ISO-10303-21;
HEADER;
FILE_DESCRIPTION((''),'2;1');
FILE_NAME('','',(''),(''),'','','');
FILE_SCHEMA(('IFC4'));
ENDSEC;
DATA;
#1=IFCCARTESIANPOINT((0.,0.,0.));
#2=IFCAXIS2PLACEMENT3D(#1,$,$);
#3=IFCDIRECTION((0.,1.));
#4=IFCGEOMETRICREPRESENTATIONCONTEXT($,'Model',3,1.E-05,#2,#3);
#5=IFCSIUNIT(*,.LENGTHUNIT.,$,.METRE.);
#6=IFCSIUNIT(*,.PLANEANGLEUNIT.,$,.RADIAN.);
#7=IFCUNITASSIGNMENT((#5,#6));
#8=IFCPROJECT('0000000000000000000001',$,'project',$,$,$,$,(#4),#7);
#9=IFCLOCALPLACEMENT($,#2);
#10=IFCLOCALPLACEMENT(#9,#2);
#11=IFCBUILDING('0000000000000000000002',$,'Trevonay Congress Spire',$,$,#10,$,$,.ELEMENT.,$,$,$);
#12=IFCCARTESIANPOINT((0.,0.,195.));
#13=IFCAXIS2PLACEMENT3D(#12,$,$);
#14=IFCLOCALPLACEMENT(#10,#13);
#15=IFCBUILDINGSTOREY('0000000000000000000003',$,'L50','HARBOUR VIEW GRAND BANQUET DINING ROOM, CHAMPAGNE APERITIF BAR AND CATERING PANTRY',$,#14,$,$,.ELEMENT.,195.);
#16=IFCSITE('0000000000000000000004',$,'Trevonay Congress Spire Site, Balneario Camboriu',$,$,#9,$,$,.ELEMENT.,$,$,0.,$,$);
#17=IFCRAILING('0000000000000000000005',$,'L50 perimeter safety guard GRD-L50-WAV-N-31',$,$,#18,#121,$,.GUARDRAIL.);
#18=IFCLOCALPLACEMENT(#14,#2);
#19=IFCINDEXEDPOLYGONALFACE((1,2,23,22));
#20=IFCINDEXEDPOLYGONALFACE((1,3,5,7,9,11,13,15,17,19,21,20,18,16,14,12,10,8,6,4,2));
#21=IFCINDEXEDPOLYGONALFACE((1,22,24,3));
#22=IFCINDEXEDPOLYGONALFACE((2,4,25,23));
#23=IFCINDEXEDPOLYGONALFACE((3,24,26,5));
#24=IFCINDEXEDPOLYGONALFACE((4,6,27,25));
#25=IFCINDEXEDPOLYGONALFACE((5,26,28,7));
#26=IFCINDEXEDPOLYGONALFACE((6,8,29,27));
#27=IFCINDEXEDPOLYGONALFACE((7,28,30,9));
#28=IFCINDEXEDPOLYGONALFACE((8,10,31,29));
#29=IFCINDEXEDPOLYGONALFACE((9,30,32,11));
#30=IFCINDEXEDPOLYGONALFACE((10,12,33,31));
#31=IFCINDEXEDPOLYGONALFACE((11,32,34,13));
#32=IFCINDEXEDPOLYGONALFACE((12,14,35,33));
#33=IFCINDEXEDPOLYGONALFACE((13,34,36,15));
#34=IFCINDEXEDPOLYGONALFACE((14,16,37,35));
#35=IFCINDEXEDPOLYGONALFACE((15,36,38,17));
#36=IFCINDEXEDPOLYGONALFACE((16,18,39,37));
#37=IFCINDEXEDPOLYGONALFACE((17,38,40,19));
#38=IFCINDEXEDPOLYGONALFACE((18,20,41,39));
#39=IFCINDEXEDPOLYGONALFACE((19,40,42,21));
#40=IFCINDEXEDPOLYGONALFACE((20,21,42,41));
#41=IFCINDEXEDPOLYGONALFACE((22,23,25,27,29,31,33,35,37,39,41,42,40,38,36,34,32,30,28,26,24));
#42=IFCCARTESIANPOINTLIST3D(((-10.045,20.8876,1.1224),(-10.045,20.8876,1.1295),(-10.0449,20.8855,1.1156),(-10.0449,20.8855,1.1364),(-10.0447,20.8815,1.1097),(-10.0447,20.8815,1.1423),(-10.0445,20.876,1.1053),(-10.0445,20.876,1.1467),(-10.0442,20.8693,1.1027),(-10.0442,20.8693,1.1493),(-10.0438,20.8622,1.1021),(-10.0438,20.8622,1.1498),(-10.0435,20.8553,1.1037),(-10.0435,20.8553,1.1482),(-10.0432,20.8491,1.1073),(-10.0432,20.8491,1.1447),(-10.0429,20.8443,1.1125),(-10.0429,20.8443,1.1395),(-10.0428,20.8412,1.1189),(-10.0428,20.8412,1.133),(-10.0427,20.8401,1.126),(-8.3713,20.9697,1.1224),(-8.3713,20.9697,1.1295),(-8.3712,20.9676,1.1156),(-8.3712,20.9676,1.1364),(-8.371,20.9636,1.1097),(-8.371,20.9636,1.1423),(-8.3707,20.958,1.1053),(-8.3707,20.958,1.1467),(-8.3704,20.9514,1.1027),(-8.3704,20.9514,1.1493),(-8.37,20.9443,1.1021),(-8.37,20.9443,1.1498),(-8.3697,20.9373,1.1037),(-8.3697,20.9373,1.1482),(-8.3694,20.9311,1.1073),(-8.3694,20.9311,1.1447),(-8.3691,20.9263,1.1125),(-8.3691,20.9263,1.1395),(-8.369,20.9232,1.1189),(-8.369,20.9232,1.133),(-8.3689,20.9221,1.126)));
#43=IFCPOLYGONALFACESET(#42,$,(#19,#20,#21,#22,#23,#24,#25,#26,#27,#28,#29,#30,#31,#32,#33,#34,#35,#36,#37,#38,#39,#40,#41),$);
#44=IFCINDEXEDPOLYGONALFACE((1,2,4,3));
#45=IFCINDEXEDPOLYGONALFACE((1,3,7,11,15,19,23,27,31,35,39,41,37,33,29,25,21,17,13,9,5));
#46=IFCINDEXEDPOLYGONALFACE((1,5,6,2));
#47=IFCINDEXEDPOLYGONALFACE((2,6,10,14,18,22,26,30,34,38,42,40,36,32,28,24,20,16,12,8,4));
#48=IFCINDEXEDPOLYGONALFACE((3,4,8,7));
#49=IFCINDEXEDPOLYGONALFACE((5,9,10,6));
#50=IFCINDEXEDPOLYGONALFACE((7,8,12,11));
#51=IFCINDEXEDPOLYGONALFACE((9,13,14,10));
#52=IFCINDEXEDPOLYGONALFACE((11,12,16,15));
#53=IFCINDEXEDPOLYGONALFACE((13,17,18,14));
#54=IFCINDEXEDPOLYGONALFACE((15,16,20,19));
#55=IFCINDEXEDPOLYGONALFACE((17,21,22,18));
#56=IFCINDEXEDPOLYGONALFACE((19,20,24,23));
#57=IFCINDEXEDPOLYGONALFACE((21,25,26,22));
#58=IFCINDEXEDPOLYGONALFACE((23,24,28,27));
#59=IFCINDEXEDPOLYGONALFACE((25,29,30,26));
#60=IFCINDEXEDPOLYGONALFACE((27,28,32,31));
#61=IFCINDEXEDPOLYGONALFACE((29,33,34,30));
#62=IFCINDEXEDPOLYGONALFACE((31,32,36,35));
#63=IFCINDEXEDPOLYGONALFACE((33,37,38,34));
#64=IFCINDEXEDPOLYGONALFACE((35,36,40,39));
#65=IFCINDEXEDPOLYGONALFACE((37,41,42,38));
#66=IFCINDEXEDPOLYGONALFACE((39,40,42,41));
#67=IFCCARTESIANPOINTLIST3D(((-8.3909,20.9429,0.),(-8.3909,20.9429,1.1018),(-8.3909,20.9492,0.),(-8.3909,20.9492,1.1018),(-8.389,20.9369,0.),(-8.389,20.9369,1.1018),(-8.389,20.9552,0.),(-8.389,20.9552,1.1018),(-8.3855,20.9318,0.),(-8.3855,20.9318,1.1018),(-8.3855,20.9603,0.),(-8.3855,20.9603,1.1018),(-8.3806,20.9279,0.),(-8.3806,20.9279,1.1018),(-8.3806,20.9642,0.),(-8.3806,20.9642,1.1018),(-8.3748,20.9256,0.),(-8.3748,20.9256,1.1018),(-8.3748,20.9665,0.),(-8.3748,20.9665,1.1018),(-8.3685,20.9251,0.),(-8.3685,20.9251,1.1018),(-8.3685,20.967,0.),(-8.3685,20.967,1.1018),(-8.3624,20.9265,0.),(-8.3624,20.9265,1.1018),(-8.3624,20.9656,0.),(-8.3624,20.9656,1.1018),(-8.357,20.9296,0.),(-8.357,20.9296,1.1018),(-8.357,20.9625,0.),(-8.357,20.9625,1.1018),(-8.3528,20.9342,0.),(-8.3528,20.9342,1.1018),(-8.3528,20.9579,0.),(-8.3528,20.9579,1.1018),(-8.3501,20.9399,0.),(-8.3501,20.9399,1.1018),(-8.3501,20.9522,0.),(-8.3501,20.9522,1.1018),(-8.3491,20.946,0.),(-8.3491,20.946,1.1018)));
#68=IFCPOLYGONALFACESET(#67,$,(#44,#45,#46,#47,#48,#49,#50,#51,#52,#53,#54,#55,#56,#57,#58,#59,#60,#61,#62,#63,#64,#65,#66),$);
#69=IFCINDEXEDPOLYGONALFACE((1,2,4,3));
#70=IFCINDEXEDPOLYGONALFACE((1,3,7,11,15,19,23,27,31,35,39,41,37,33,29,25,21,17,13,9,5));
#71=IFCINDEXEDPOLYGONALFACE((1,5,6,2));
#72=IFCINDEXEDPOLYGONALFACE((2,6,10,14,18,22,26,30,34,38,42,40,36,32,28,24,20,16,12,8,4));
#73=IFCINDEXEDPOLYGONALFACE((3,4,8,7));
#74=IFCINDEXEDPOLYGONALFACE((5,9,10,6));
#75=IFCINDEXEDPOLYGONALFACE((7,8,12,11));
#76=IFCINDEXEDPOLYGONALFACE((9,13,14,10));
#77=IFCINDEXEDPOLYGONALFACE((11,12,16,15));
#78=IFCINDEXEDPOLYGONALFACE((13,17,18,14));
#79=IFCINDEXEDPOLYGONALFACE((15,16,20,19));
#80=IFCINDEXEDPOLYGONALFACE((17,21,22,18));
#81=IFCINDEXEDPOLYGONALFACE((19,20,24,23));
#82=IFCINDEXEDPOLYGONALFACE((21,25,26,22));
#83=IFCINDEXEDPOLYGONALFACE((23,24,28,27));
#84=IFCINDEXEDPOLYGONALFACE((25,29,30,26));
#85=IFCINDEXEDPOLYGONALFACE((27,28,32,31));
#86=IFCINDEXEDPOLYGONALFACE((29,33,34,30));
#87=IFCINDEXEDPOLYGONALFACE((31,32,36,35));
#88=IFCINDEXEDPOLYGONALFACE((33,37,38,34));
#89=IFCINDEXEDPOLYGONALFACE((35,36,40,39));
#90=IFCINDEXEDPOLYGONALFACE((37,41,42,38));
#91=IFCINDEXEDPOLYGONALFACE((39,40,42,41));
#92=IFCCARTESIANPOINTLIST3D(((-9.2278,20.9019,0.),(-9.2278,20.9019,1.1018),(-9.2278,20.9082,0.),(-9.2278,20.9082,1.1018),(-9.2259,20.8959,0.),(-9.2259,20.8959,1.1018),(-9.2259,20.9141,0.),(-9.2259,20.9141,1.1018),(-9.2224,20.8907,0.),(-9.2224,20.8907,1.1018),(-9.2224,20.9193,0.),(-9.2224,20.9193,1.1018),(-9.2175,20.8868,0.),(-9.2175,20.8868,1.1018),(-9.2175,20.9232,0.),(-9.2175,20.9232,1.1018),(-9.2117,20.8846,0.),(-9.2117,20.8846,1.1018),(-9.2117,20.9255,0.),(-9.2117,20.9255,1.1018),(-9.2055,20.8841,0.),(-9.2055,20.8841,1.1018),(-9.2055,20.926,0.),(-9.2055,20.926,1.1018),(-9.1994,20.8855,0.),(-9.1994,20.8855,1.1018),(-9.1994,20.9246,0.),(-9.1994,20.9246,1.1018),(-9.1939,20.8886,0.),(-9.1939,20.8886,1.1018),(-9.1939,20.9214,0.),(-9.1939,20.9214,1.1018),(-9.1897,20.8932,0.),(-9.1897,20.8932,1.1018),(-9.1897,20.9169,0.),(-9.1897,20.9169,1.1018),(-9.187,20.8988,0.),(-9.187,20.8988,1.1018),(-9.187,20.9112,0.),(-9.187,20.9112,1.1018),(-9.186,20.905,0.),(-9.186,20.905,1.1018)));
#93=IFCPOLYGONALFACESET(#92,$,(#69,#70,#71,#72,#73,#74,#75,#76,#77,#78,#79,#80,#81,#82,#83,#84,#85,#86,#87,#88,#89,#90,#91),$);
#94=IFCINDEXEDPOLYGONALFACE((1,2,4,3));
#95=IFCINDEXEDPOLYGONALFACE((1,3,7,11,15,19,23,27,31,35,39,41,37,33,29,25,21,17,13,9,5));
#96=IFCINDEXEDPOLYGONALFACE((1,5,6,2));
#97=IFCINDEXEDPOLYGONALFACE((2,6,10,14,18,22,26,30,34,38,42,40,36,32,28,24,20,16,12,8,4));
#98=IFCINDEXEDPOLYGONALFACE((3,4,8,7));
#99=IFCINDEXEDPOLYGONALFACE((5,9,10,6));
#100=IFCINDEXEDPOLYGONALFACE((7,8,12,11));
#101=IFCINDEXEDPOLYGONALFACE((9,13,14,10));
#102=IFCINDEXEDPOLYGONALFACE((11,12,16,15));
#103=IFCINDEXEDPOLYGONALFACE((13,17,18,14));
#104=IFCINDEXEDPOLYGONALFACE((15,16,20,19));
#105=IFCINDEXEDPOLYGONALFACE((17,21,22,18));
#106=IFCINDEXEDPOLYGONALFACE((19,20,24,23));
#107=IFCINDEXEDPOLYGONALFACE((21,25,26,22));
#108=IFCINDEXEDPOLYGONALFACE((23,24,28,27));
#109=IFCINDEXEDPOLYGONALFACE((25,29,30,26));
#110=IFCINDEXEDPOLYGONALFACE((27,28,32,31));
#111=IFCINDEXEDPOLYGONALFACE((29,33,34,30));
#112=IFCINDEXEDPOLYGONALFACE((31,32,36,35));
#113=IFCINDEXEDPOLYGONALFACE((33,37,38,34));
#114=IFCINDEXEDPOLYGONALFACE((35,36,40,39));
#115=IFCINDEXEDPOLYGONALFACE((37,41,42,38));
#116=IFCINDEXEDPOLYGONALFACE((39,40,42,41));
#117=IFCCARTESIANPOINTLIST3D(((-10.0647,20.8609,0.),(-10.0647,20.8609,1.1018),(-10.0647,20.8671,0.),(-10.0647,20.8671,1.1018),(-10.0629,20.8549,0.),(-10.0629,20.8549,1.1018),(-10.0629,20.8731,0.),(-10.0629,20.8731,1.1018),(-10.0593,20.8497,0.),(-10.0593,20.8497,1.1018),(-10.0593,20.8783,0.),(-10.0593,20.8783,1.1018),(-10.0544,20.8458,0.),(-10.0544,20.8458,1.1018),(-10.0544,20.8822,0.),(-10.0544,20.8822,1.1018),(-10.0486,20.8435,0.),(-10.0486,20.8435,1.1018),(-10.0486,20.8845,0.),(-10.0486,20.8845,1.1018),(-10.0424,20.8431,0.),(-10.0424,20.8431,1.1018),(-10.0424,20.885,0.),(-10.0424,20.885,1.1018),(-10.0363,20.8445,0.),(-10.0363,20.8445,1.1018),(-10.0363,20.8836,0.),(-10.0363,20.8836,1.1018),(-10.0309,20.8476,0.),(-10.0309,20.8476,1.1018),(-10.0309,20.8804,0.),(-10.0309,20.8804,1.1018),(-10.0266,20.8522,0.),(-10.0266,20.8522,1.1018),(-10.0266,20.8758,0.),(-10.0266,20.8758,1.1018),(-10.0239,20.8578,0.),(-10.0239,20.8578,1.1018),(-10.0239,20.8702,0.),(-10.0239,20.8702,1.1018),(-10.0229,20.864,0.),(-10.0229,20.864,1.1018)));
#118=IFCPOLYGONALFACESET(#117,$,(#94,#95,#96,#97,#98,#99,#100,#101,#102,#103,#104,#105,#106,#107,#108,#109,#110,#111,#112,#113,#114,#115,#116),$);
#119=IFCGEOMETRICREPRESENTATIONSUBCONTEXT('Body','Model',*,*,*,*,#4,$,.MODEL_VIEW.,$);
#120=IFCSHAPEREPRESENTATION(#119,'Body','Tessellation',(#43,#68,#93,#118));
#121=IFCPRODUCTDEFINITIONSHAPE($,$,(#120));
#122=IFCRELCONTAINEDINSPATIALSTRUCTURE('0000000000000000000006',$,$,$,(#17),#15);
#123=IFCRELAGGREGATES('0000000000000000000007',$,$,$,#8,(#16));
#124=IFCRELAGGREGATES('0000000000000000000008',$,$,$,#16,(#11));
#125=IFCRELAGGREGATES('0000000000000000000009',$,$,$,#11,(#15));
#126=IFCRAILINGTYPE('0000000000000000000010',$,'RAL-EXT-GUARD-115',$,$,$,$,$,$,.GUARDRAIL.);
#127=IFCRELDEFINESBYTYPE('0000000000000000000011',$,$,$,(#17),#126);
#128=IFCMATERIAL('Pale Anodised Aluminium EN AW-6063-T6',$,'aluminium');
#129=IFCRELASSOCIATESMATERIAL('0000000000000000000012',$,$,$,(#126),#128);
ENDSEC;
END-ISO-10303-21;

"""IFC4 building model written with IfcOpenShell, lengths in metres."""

from ifc_helpers import new_model, si_unit, direction, frame, origin, origin_2d, place, context, subcontext, project, spatial, circle, extrude, material, type_object, element, save


model = new_model("IFC4")

# Units and contexts
model_context = context("Model", 3, precision=1e-05, world=origin(), true_north=direction((0.0, 1.0)))
body_context = subcontext(model_context, "Body", "Model", "MODEL_VIEW")
ifc_project = project(units=[si_unit("LENGTHUNIT", "METRE"), si_unit("PLANEANGLEUNIT", "RADIAN")], contexts=[model_context])

# Site, building, storey
site_placement = place(None, origin())
site = spatial("IfcSite", under=ifc_project, at=site_placement, Name="Trevonay Congress Spire Site, Balneario Camboriu", CompositionType="ELEMENT", RefElevation=0.0)
building_placement = place(site_placement, origin())
building = spatial("IfcBuilding", under=site, at=building_placement, Name="Trevonay Congress Spire", CompositionType="ELEMENT")
storey_placement = place(building_placement, frame((0.0, 0.0, 195.0)))
storey = spatial("IfcBuildingStorey", under=building, at=storey_placement, Name="L50", Description="HARBOUR VIEW GRAND BANQUET DINING ROOM, CHAMPAGNE APERITIF BAR AND CATERING PANTRY", CompositionType="ELEMENT", Elevation=195.0)

# Shared definitions
ifc_material_1 = material(Name="Pale Anodised Aluminium EN AW-6063-T6", Category="aluminium")

# Railing
railing_type = type_object("IfcRailingType", Name="RAL-EXT-GUARD-115", PredefinedType="GUARDRAIL", material=ifc_material_1)
railing_1_placement = place(storey_placement, frame((-8.3701, 20.946, 0.0)))
element("IfcRailing", 1, at=railing_1_placement, inside=storey, type_object=railing_type, Name="L50 perimeter safety guard GRD-L50-WAV-N-31", PredefinedType="GUARDRAIL", context=body_context, shape_type="SweptSolid", body=[
    extrude(circle(Radius=0.0239, at=origin_2d()), frame((0.0, 0.0, 1.126), z_axis=(-0.998801, -0.048949, 0.0), x_axis=(0.048949, -0.998801, 0.0)), (0.0, 0.0, 1.0), 1.6758),
    extrude(circle(Radius=0.021, at=origin_2d()), origin(), (0.0, 0.0, 1.0), 1.1018),
    extrude(circle(Radius=0.021, at=origin_2d()), frame((-0.8369, -0.041, 0.0)), (0.0, 0.0, 1.0), 1.1018),
    extrude(circle(Radius=0.021, at=origin_2d()), frame((-1.6738, -0.082, 0.0)), (0.0, 0.0, 1.0), 1.1018),
])

save(model, "model.ifc")
